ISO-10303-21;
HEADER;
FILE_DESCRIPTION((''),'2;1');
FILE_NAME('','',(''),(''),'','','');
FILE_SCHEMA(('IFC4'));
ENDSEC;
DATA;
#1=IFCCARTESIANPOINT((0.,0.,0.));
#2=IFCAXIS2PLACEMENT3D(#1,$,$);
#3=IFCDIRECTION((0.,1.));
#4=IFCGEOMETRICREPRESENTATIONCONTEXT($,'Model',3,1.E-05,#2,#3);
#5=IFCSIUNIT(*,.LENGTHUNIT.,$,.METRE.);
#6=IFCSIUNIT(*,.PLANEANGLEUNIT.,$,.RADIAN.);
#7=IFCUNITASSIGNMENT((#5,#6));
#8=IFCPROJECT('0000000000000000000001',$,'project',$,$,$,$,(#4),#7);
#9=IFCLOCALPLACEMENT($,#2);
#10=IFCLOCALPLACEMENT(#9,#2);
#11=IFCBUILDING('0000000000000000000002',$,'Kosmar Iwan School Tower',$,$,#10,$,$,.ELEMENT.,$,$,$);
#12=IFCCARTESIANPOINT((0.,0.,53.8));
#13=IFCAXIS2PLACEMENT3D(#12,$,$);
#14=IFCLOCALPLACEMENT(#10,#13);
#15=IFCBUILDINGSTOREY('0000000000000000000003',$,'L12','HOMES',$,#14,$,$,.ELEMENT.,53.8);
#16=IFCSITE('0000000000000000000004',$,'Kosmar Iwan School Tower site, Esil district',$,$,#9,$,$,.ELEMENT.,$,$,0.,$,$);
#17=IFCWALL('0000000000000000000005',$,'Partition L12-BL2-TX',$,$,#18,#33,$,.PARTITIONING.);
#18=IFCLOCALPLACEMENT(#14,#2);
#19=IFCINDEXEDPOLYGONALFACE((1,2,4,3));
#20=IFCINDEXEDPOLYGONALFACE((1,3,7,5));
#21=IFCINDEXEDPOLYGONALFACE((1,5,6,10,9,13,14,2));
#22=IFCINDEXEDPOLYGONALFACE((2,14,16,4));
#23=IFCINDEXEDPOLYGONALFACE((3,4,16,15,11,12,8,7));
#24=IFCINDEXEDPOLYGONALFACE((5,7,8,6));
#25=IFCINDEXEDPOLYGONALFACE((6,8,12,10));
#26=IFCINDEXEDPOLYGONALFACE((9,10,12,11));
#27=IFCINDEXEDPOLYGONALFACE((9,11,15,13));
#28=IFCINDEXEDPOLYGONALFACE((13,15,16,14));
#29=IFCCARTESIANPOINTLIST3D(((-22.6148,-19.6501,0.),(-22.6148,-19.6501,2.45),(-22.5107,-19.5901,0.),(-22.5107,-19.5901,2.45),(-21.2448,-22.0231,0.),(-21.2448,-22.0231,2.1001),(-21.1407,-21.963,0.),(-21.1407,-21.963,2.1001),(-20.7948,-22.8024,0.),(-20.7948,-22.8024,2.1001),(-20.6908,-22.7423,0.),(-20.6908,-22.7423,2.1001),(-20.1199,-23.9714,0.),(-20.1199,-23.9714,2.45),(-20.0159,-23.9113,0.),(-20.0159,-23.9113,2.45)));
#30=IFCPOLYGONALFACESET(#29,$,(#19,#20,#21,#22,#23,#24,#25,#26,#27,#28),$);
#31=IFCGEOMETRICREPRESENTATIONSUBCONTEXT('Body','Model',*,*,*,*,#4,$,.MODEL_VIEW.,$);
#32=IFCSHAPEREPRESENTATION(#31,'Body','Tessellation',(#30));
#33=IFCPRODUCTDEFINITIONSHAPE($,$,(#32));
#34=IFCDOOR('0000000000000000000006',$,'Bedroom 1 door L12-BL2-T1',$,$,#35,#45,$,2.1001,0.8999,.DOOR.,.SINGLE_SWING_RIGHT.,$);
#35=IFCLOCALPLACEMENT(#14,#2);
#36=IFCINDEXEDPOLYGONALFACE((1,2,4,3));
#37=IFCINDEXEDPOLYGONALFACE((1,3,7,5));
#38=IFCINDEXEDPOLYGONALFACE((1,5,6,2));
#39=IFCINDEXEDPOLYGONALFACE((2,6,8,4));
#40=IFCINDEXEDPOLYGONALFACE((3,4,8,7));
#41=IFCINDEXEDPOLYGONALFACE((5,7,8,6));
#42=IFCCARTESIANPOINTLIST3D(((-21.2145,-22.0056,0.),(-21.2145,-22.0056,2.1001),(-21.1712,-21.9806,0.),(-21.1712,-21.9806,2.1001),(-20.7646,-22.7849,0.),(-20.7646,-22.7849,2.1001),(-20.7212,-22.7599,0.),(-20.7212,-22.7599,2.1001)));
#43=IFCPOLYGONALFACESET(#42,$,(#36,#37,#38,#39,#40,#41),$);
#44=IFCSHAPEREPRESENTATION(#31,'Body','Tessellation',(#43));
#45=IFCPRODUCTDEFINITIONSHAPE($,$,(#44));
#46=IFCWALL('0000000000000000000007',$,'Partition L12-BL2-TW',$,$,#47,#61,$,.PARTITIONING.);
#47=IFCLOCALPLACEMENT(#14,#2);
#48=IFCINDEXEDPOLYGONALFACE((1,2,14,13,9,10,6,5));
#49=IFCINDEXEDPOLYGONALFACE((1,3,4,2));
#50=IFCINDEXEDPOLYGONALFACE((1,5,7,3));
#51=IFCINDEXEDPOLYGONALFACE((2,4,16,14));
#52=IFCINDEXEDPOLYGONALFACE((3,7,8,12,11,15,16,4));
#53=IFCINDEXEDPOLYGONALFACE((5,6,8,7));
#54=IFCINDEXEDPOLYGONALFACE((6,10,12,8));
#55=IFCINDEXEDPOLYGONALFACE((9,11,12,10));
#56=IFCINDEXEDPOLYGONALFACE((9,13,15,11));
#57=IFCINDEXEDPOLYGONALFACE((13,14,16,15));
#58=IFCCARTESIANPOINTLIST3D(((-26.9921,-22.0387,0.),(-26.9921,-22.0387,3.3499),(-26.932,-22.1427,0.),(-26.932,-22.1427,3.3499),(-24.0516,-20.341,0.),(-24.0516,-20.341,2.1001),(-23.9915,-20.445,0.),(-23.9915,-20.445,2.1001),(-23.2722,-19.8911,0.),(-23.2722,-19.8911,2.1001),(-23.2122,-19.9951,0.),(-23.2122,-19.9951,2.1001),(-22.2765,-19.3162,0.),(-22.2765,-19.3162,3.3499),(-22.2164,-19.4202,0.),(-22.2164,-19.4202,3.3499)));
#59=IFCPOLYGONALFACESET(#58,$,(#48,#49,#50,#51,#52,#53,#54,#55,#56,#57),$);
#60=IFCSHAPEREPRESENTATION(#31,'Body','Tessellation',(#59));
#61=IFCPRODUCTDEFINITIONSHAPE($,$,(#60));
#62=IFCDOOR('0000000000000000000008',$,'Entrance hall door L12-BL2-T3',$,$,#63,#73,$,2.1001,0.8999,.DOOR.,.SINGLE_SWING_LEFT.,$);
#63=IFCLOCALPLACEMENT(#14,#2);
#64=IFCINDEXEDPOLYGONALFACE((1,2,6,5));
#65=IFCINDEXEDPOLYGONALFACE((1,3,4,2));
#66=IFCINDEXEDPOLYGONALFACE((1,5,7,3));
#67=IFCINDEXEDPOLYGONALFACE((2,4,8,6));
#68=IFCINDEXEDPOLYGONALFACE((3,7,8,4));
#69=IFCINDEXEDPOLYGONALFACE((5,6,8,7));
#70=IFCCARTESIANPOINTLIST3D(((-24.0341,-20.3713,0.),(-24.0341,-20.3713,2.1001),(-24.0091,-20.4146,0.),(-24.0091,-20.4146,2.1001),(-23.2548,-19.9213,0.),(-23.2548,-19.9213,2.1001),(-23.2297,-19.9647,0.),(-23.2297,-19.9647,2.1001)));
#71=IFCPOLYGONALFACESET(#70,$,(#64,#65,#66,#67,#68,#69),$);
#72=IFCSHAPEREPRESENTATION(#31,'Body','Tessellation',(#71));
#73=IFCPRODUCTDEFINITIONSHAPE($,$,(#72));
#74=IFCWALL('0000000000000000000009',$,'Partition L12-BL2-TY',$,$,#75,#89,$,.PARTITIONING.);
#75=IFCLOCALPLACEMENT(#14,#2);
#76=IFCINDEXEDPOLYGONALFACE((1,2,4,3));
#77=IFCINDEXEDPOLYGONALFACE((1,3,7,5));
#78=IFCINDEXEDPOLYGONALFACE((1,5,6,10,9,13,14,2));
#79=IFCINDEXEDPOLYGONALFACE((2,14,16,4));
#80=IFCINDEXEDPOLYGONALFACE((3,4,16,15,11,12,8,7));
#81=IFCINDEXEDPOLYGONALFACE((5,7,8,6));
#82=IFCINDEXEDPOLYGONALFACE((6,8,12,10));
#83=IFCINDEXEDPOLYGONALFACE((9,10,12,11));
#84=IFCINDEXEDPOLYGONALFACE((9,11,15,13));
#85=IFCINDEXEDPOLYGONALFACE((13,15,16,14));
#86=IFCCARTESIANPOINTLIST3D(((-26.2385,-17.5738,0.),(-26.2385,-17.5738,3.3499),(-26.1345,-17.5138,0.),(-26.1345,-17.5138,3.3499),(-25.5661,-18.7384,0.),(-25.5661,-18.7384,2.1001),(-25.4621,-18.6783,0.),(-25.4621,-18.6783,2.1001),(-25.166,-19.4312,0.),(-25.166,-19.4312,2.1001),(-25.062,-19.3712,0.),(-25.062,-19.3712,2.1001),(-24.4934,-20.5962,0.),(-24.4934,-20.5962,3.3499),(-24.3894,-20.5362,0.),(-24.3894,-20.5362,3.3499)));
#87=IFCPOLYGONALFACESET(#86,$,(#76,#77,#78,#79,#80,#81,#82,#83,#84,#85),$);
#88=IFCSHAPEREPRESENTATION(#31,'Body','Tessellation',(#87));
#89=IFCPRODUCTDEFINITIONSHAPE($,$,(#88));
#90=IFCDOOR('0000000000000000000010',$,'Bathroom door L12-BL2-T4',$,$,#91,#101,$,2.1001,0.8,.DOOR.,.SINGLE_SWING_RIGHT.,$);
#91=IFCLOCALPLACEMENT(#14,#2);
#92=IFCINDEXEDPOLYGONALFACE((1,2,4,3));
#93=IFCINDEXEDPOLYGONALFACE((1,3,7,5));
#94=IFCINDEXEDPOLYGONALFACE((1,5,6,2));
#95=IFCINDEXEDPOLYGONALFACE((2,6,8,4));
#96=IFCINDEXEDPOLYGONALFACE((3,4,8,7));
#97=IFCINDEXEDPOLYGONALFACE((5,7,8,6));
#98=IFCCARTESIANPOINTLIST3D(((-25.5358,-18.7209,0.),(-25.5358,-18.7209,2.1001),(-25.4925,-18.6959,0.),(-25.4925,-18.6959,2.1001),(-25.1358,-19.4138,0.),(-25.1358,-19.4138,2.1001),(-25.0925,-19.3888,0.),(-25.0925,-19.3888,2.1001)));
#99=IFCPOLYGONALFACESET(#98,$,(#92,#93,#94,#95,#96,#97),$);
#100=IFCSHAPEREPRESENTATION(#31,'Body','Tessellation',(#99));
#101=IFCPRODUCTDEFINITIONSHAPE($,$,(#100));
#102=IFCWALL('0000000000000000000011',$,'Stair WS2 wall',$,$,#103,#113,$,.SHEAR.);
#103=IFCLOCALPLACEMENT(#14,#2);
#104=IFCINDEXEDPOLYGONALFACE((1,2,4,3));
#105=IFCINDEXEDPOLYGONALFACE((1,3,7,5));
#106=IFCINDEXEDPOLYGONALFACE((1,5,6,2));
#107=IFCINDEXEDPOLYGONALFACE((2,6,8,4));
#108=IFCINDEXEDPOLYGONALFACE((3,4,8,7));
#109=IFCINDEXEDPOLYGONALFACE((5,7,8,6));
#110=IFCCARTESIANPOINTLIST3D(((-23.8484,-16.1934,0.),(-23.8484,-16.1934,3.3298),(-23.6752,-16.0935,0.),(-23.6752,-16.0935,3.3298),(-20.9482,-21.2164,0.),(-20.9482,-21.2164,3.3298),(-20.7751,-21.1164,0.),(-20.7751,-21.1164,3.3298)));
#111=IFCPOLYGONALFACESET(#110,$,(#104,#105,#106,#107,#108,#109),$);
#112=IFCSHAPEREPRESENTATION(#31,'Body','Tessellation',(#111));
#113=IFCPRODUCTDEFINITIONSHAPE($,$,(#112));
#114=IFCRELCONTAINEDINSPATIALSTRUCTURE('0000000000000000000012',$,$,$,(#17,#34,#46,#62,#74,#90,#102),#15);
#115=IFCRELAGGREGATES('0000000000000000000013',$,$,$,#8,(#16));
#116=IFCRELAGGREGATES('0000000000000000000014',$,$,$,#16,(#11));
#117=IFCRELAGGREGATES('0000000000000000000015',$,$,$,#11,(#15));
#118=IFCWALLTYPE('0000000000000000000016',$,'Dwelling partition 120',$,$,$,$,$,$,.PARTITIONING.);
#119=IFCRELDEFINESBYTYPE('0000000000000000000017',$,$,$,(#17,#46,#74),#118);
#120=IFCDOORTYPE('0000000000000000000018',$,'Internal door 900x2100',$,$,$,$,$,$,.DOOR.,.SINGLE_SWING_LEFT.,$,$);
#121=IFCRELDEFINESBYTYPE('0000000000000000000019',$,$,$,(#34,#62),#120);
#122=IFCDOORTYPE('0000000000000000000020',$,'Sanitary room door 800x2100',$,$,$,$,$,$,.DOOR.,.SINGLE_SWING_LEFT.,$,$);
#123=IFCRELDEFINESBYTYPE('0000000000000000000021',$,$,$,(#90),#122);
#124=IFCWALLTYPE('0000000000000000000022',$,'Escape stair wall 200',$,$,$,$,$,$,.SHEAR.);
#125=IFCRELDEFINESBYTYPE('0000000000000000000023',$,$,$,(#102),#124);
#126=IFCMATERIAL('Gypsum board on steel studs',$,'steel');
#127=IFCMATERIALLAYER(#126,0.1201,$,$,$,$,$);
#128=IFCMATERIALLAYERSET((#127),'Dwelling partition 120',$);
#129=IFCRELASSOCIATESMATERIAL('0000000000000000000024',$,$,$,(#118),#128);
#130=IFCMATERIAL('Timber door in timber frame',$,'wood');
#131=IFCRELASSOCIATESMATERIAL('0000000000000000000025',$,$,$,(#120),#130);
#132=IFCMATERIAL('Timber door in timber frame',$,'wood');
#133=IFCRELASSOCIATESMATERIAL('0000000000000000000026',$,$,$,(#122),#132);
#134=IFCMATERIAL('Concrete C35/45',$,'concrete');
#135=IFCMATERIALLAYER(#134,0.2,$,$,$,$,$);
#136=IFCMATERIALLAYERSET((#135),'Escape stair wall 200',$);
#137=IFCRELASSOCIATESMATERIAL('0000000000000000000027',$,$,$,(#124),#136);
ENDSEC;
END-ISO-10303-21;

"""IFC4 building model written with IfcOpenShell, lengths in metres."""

from ifc_helpers import new_model, si_unit, direction, frame, frame_2d, origin, place, context, subcontext, project, spatial, rectangle, extrude, material, layer, layer_set, type_object, element, fill, save


model = new_model("IFC4")

# Units and contexts
model_context = context("Model", 3, precision=1e-05, world=origin(), true_north=direction((0.0, 1.0)))
body_context = subcontext(model_context, "Body", "Model", "MODEL_VIEW")
ifc_project = project(units=[si_unit("LENGTHUNIT", "METRE"), si_unit("PLANEANGLEUNIT", "RADIAN")], contexts=[model_context])

# Site, building, storey
site_placement = place(None, origin())
site = spatial("IfcSite", under=ifc_project, at=site_placement, Name="Kosmar Iwan School Tower site, Esil district", CompositionType="ELEMENT", RefElevation=0.0)
building_placement = place(site_placement, origin())
building = spatial("IfcBuilding", under=site, at=building_placement, Name="Kosmar Iwan School Tower", CompositionType="ELEMENT")
storey_placement = place(building_placement, frame((0.0, 0.0, 53.8)))
storey = spatial("IfcBuildingStorey", under=building, at=storey_placement, Name="L12", Description="HOMES", CompositionType="ELEMENT", Elevation=53.8)

# Walls, openings, doors
ifc_material_1 = material(Name="Gypsum board on steel studs", Category="steel")
ifc_layer_1 = layer(ifc_material_1, 0.1201)
ifc_layer_set_1 = layer_set([ifc_layer_1], Name="Dwelling partition 120")
wall_type_1 = type_object("IfcWallType", Name="Dwelling partition 120", PredefinedType="PARTITIONING", material=ifc_layer_set_1)
wall_1_placement = place(storey_placement, frame((-22.5627, -19.6201, 0.0), z_axis=(0.0, 0.0, 1.0), x_axis=(0.499996, -0.866028, 0.0)))
wall_1 = element("IfcWall", 1, at=wall_1_placement, inside=storey, type_object=wall_type_1, Name="Partition L12-BL2-TX", PredefinedType="PARTITIONING", context=body_context, shape_type="SweptSolid", body=[
    extrude(rectangle(XDim=4.9897, YDim=0.1201, at=frame_2d((2.4949, 0.0))), origin(), (0.0, 0.0, 1.0), 2.45),
])
opening_1_placement = place(wall_1_placement, frame((2.74, 0.0, 0.0)))
opening_1 = element("IfcOpeningElement", 2, at=opening_1_placement, cuts=wall_1, PredefinedType="OPENING", context=body_context, shape_type="SweptSolid", body=[
    extrude(rectangle(XDim=0.8999, YDim=2.1001, at=frame_2d((0.45, 1.05))), frame((0.0, 0.072, 0.0), z_axis=(0.0, -1.0, 0.0), x_axis=(1.0, 0.0, 0.0)), (0.0, 0.0, 1.0), 0.144),
])
ifc_material_2 = material(Name="Timber door in timber frame", Category="wood")
door_type_1 = type_object("IfcDoorType", Name="Internal door 900x2100", OperationType="SINGLE_SWING_LEFT", PredefinedType="DOOR", material=ifc_material_2)
door_1_placement = place(opening_1_placement, origin())
door_1 = element("IfcDoor", 3, at=door_1_placement, inside=storey, type_object=door_type_1, Name="Bedroom 1 door L12-BL2-T1", OperationType="SINGLE_SWING_RIGHT", OverallHeight=2.1001, OverallWidth=0.8999, PredefinedType="DOOR", context=body_context, shape_type="SweptSolid", body=[
    extrude(rectangle(XDim=0.8999, YDim=2.1001, at=frame_2d((0.45, 1.05))), frame((0.0, 0.0249, 0.0), z_axis=(0.0, -1.0, 0.0), x_axis=(1.0, 0.0, 0.0)), (0.0, 0.0, 1.0), 0.05),
])
fill(opening_1, door_1)
wall_2_placement = place(storey_placement, frame((-22.2463, -19.3682, 0.0), z_axis=(0.0, 0.0, 1.0), x_axis=(-0.866036, -0.499982, 0.0)))
wall_2 = element("IfcWall", 4, at=wall_2_placement, inside=storey, type_object=wall_type_1, Name="Partition L12-BL2-TW", PredefinedType="PARTITIONING", context=body_context, shape_type="SweptSolid", body=[
    extrude(rectangle(XDim=5.4451, YDim=0.1201, at=frame_2d((2.7227, 0.0))), origin(), (0.0, 0.0, 1.0), 3.3499),
])
opening_2_placement = place(wall_2_placement, frame((1.1499, 0.0, 0.0)))
opening_2 = element("IfcOpeningElement", 5, at=opening_2_placement, cuts=wall_2, PredefinedType="OPENING", context=body_context, shape_type="SweptSolid", body=[
    extrude(rectangle(XDim=0.8999, YDim=2.1001, at=frame_2d((0.45, 1.05))), frame((0.0, 0.072, 0.0), z_axis=(0.0, -1.0, 0.0), x_axis=(1.0, 0.0, 0.0)), (0.0, 0.0, 1.0), 0.144),
])
door_2_placement = place(opening_2_placement, origin())
door_2 = element("IfcDoor", 6, at=door_2_placement, inside=storey, type_object=door_type_1, Name="Entrance hall door L12-BL2-T3", OperationType="SINGLE_SWING_LEFT", OverallHeight=2.1001, OverallWidth=0.8999, PredefinedType="DOOR", context=body_context, shape_type="SweptSolid", body=[
    extrude(rectangle(XDim=0.8999, YDim=2.1001, at=frame_2d((0.45, 1.05))), frame((0.0, 0.0249, 0.0), z_axis=(0.0, -1.0, 0.0), x_axis=(1.0, 0.0, 0.0)), (0.0, 0.0, 1.0), 0.05),
])
fill(opening_2, door_2)
wall_3_placement = place(storey_placement, frame((-26.1865, -17.5437, 0.0), z_axis=(0.0, 0.0, 1.0), x_axis=(0.500021, -0.866013, 0.0)))
wall_3 = element("IfcWall", 7, at=wall_3_placement, inside=storey, type_object=wall_type_1, Name="Partition L12-BL2-TY", PredefinedType="PARTITIONING", context=body_context, shape_type="SweptSolid", body=[
    extrude(rectangle(XDim=3.49, YDim=0.1201, at=frame_2d((1.7451, 0.0))), origin(), (0.0, 0.0, 1.0), 3.3499),
])
opening_3_placement = place(wall_3_placement, frame((1.345, 0.0, 0.0)))
opening_3 = element("IfcOpeningElement", 8, at=opening_3_placement, cuts=wall_3, PredefinedType="OPENING", context=body_context, shape_type="SweptSolid", body=[
    extrude(rectangle(XDim=0.8, YDim=2.1001, at=frame_2d((0.3999, 1.05))), frame((0.0, 0.072, 0.0), z_axis=(0.0, -1.0, 0.0), x_axis=(1.0, 0.0, 0.0)), (0.0, 0.0, 1.0), 0.144),
])
ifc_material_3 = material(Name="Timber door in timber frame", Category="wood")
door_type_2 = type_object("IfcDoorType", Name="Sanitary room door 800x2100", OperationType="SINGLE_SWING_LEFT", PredefinedType="DOOR", material=ifc_material_3)
door_3_placement = place(opening_3_placement, origin())
door_3 = element("IfcDoor", 9, at=door_3_placement, inside=storey, type_object=door_type_2, Name="Bathroom door L12-BL2-T4", OperationType="SINGLE_SWING_RIGHT", OverallHeight=2.1001, OverallWidth=0.8, PredefinedType="DOOR", context=body_context, shape_type="SweptSolid", body=[
    extrude(rectangle(XDim=0.8, YDim=2.1001, at=frame_2d((0.3999, 1.05))), frame((0.0, 0.0249, 0.0), z_axis=(0.0, -1.0, 0.0), x_axis=(1.0, 0.0, 0.0)), (0.0, 0.0, 1.0), 0.05),
])
fill(opening_3, door_3)

# Wall
ifc_material_4 = material(Name="Concrete C35/45", Category="concrete")
ifc_layer_2 = layer(ifc_material_4, 0.2)
ifc_layer_set_2 = layer_set([ifc_layer_2], Name="Escape stair wall 200")
wall_type_2 = type_object("IfcWallType", Name="Escape stair wall 200", PredefinedType="SHEAR", material=ifc_layer_set_2)
wall_4_placement = place(storey_placement, frame((-23.7617, -16.1436, 0.0), z_axis=(0.0, 0.0, 1.0), x_axis=(0.500019, -0.866015, 0.0)))
element("IfcWall", 10, at=wall_4_placement, inside=storey, type_object=wall_type_2, Name="Stair WS2 wall", PredefinedType="SHEAR", context=body_context, shape_type="SweptSolid", body=[
    extrude(rectangle(XDim=5.8, YDim=0.2, at=frame_2d((2.8999, 0.0))), origin(), (0.0, 0.0, 1.0), 3.3298),
])

save(model, "model.ifc")
